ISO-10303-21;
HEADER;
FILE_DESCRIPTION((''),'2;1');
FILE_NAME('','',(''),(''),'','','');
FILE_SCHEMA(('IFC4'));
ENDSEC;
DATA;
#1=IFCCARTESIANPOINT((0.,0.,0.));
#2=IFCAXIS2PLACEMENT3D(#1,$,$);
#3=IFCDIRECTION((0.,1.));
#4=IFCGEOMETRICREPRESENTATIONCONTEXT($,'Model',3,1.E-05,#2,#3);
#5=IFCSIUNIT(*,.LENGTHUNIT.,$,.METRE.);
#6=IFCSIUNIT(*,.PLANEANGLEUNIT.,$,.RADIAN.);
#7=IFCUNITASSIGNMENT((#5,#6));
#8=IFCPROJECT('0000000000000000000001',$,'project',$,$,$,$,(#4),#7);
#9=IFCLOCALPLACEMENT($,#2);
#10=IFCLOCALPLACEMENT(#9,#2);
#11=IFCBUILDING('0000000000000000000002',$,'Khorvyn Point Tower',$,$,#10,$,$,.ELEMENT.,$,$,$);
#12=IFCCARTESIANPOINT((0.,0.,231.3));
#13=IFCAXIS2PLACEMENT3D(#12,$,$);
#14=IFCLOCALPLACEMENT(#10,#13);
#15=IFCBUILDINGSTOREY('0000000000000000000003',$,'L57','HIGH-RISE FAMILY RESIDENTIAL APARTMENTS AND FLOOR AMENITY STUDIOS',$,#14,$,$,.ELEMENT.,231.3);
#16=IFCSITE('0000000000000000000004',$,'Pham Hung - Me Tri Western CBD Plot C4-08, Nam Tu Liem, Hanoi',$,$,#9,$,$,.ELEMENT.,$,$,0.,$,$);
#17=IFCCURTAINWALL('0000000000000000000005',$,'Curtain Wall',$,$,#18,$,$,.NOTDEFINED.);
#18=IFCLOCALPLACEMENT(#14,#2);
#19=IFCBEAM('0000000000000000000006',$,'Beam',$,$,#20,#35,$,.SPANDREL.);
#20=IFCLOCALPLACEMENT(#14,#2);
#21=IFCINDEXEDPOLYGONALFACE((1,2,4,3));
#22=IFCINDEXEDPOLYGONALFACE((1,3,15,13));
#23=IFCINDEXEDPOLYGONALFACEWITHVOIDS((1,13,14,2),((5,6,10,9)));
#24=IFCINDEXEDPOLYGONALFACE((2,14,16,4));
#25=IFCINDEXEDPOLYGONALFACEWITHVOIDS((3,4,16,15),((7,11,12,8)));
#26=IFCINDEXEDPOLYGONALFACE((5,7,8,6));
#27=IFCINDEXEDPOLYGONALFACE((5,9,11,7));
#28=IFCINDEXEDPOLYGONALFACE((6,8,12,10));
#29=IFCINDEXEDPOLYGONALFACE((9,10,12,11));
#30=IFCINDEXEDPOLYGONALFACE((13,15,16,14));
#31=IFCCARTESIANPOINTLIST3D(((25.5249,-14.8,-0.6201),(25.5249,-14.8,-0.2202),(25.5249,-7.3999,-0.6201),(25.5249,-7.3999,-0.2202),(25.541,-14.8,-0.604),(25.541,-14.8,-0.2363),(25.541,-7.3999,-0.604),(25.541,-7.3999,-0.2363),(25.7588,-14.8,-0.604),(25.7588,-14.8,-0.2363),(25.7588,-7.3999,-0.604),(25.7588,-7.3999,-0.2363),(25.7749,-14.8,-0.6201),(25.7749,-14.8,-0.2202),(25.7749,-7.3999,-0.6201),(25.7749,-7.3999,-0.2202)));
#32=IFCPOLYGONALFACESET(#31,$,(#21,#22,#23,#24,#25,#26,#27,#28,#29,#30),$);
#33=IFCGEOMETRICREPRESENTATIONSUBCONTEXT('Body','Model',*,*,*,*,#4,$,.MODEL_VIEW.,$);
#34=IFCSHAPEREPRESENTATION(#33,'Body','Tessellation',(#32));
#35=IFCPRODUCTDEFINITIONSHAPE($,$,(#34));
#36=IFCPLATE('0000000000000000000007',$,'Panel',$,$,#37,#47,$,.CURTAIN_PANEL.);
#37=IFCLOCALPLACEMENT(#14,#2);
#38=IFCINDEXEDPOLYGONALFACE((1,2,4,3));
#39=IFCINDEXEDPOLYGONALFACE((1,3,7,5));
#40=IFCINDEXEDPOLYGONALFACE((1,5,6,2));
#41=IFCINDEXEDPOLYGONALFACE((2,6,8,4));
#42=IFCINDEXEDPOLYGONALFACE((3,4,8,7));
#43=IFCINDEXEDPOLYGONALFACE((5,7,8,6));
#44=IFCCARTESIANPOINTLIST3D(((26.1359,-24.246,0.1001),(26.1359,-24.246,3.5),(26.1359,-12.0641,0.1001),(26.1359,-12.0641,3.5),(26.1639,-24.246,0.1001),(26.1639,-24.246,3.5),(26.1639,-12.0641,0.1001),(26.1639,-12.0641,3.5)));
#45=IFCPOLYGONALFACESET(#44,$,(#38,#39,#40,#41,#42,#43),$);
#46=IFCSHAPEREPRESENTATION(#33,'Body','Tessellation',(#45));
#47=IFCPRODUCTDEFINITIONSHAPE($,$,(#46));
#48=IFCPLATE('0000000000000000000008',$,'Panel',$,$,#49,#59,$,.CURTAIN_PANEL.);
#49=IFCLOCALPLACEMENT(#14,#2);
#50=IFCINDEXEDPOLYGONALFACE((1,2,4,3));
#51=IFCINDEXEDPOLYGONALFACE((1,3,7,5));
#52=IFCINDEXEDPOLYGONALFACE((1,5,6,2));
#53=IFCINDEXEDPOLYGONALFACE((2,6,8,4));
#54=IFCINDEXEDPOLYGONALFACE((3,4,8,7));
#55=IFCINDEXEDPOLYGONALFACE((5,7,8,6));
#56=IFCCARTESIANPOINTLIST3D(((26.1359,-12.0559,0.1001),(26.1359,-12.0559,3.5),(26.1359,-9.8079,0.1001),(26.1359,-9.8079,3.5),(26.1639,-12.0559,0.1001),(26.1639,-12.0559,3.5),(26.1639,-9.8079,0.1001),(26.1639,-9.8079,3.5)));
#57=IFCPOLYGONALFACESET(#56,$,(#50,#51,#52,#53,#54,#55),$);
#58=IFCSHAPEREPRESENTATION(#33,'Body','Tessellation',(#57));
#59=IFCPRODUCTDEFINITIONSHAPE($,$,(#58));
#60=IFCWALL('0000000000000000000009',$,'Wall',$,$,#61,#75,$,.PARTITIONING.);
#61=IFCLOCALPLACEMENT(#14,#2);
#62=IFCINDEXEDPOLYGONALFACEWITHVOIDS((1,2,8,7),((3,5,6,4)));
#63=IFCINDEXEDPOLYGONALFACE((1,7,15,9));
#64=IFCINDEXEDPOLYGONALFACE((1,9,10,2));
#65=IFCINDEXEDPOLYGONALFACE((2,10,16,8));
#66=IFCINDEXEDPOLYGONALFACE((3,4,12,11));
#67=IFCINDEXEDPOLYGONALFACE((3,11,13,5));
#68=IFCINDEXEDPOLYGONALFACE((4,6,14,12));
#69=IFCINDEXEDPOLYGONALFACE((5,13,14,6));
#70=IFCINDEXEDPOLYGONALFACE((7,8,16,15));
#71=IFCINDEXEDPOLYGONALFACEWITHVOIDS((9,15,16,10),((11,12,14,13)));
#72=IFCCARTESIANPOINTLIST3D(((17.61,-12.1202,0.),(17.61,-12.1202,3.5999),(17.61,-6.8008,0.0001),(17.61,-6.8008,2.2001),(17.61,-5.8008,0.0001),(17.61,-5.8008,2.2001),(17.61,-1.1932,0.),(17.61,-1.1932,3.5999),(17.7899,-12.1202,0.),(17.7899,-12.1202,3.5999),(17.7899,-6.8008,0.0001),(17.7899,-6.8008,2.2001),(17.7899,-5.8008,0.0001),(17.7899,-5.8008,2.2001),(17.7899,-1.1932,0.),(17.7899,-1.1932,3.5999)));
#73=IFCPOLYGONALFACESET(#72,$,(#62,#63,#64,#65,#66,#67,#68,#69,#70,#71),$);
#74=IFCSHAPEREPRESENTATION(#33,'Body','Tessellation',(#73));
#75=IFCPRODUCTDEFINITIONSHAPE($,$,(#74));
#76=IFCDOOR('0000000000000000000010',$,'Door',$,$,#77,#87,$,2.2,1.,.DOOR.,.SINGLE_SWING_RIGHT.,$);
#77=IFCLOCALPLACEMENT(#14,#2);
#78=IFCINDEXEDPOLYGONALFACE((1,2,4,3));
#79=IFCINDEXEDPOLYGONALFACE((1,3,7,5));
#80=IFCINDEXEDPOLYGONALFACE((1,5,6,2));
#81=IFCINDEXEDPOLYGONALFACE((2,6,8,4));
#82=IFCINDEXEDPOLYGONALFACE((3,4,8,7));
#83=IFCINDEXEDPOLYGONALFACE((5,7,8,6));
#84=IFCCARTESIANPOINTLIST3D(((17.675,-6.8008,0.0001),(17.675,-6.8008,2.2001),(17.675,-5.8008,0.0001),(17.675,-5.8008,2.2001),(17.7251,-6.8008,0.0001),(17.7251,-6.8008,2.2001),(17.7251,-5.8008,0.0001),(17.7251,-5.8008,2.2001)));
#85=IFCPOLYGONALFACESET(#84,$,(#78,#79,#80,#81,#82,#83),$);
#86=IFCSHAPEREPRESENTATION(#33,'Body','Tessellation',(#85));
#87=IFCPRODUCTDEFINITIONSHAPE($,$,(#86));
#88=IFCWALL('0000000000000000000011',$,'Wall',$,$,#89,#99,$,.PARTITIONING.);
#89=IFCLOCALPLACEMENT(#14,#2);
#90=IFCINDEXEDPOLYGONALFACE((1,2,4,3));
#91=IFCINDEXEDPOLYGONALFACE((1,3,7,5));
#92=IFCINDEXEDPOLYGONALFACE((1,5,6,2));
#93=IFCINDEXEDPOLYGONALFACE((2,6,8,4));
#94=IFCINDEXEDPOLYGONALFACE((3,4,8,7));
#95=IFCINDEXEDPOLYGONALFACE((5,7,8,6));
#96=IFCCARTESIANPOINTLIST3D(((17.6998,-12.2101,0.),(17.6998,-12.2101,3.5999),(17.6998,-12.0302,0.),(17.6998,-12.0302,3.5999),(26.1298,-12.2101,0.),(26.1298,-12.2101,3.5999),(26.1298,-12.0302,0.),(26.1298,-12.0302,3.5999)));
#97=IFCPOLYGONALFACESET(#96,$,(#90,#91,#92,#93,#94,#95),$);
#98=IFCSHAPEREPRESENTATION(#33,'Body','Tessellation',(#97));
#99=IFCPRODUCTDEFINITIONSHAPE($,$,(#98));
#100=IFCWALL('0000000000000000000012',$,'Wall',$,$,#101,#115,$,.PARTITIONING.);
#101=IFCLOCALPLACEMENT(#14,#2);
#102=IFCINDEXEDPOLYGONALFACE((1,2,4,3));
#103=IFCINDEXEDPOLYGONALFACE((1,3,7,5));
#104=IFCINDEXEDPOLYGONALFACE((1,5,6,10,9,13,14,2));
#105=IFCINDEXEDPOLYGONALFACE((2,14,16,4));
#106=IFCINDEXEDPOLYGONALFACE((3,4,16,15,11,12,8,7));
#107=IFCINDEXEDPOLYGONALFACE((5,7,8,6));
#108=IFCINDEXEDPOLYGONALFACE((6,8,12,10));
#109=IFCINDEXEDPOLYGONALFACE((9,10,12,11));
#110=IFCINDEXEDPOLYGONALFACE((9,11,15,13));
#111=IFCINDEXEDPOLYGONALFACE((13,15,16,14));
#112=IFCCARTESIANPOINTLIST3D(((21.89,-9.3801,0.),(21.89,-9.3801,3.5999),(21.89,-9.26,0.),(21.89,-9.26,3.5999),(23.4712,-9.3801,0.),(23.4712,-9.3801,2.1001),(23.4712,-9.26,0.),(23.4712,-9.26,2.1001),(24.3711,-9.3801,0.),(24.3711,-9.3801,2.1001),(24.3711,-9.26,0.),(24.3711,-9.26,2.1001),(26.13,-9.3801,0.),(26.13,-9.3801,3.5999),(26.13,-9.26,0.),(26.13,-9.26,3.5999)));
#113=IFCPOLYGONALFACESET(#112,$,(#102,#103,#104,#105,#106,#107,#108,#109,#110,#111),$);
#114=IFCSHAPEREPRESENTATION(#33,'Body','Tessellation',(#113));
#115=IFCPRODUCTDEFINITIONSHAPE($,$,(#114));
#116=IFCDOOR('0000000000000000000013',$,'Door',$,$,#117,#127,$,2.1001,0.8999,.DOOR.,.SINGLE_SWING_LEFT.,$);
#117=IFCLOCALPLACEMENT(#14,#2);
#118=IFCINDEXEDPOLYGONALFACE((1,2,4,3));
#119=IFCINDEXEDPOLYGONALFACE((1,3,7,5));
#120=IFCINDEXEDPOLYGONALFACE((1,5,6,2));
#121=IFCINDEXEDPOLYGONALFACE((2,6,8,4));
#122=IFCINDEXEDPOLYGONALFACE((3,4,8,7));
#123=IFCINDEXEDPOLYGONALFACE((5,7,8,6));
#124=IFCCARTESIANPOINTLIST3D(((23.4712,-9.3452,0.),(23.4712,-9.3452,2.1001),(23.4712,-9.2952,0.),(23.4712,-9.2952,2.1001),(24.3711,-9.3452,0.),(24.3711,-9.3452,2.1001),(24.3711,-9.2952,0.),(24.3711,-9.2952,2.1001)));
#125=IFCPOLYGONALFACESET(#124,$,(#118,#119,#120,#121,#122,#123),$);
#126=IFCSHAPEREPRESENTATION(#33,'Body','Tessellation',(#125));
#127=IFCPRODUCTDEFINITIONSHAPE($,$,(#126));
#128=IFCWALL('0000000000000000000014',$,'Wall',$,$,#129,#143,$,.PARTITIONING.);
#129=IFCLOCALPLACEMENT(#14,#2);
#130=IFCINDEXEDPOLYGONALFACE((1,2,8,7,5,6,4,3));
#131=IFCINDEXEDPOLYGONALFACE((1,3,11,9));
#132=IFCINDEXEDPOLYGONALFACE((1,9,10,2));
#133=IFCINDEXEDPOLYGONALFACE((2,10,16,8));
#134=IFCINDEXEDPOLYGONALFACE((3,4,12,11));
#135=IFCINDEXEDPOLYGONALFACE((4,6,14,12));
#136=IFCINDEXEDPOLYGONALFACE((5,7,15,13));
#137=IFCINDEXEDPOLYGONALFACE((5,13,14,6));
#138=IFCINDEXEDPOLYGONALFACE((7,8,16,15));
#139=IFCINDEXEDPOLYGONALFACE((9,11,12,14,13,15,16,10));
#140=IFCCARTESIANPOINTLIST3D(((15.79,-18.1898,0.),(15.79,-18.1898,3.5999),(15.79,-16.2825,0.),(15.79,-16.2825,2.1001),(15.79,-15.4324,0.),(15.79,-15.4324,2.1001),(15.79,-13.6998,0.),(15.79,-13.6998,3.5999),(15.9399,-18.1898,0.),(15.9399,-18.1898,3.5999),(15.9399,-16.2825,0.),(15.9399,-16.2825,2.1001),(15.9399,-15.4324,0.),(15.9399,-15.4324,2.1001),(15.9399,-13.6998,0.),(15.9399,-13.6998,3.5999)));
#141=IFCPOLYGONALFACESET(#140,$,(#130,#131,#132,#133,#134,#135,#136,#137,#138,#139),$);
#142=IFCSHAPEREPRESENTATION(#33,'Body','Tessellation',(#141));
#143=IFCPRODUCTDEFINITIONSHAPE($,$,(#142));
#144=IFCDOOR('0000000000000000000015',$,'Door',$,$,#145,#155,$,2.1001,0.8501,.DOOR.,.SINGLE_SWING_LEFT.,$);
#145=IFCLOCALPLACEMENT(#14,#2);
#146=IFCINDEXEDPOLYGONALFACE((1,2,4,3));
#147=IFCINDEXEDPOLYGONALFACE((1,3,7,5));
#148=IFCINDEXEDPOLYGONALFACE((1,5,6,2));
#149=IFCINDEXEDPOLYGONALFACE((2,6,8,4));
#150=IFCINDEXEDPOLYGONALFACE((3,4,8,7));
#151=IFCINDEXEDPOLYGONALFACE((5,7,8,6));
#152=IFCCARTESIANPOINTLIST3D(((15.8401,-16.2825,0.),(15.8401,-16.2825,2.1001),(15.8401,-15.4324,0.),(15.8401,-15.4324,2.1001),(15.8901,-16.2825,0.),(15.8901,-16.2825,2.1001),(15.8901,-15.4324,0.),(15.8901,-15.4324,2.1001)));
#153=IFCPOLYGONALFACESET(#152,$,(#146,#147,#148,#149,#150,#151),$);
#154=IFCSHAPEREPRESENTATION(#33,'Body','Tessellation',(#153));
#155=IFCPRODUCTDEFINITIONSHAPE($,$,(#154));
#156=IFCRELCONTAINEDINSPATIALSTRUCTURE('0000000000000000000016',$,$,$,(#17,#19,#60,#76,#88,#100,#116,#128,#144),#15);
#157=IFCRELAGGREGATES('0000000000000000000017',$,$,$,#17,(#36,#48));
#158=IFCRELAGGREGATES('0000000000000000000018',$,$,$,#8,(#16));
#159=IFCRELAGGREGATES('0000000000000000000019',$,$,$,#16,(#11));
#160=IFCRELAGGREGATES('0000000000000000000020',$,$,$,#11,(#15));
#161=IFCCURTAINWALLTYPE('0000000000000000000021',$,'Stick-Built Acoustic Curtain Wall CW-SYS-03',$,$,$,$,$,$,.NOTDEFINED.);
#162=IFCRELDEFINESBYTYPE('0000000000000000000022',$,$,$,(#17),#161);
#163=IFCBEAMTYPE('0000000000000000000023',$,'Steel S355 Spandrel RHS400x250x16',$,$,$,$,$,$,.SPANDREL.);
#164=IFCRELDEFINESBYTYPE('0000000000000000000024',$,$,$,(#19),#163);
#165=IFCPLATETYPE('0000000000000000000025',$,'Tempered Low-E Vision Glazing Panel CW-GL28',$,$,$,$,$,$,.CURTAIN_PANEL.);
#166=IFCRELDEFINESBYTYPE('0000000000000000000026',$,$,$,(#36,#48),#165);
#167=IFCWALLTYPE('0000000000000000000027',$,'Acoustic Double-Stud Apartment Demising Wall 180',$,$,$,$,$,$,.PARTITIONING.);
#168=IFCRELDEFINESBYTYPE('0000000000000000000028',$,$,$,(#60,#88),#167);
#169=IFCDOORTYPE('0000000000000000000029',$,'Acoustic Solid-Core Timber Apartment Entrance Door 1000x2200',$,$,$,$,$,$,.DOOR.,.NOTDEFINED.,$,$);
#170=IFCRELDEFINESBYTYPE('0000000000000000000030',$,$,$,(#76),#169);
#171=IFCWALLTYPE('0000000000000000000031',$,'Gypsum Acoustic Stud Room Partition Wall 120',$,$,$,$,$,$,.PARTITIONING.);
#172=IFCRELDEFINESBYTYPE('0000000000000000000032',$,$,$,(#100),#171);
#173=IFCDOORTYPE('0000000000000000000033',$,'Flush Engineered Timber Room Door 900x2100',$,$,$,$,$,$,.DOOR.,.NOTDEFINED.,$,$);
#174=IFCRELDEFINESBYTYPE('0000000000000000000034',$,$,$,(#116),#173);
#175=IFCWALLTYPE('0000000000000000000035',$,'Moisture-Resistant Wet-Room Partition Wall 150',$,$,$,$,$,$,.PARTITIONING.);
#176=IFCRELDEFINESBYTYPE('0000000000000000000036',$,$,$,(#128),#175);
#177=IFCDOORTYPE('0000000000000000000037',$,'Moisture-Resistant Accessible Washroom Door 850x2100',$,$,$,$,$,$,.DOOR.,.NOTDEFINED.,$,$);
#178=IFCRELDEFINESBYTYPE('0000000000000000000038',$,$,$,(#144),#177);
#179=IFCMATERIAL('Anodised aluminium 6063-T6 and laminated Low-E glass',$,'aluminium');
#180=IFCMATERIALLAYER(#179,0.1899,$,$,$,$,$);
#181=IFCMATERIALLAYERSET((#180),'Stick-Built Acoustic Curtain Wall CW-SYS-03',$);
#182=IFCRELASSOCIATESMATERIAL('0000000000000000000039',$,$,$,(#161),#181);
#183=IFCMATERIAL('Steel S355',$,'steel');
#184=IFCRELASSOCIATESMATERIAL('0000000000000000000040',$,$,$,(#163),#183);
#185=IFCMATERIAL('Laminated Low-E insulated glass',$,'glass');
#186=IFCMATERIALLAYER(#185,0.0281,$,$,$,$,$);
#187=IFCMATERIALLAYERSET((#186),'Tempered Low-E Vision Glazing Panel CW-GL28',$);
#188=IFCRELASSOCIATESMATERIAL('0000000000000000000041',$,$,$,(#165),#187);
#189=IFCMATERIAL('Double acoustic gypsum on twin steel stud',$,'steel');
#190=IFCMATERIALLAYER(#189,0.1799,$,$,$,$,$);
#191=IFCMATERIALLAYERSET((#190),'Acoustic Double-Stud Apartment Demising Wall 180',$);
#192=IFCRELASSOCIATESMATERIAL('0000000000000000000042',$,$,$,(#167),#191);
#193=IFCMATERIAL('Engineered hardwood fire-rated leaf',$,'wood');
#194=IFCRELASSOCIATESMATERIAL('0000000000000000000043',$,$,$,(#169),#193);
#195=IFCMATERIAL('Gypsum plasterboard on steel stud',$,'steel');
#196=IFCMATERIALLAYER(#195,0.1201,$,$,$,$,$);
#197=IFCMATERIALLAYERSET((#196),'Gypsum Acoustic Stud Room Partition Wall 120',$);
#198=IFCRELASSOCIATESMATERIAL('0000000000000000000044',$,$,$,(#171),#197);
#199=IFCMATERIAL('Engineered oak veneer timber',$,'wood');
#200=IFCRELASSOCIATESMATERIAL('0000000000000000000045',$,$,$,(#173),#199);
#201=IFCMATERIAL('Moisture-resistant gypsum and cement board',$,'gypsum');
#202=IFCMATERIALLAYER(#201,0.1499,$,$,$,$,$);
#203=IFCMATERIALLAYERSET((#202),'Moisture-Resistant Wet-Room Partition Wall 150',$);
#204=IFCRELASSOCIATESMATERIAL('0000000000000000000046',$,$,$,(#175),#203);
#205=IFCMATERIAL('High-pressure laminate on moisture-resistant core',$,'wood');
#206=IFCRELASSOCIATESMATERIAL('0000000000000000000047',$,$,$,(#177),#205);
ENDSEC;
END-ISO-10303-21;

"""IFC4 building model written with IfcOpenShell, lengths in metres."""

from ifc_helpers import new_model, si_unit, direction, frame, frame_2d, origin, origin_2d, place, context, subcontext, project, spatial, rectangle, hollow_rectangle, extrude, material, layer, layer_set, material_profile, profile_set, type_object, element, fill, aggregate, save


model = new_model("IFC4")

# Units and contexts
model_context = context("Model", 3, precision=1e-05, world=origin(), true_north=direction((0.0, 1.0)))
body_context = subcontext(model_context, "Body", "Model", "MODEL_VIEW")
ifc_project = project(units=[si_unit("LENGTHUNIT", "METRE"), si_unit("PLANEANGLEUNIT", "RADIAN")], contexts=[model_context])

# Site, building, storey
site_placement = place(None, origin())
site = spatial("IfcSite", under=ifc_project, at=site_placement, Name="Pham Hung - Me Tri Western CBD Plot C4-08, Nam Tu Liem, Hanoi", CompositionType="ELEMENT", RefElevation=0.0)
building_placement = place(site_placement, origin())
building = spatial("IfcBuilding", under=site, at=building_placement, Name="Khorvyn Point Tower", CompositionType="ELEMENT")
storey_placement = place(building_placement, frame((0.0, 0.0, 231.3)))
storey = spatial("IfcBuildingStorey", under=building, at=storey_placement, Name="L57", Description="HIGH-RISE FAMILY RESIDENTIAL APARTMENTS AND FLOOR AMENITY STUDIOS", CompositionType="ELEMENT", Elevation=231.3)

# Curtain wall
ifc_material_1 = material(Name="Anodised aluminium 6063-T6 and laminated Low-E glass", Category="aluminium")
ifc_layer_1 = layer(ifc_material_1, 0.1899)
ifc_layer_set_1 = layer_set([ifc_layer_1], Name="Stick-Built Acoustic Curtain Wall CW-SYS-03")
curtain_wall_type = type_object("IfcCurtainWallType", Name="Stick-Built Acoustic Curtain Wall CW-SYS-03", PredefinedType="NOTDEFINED", material=ifc_layer_set_1)
curtain_wall_placement = place(storey_placement, origin())
curtain_wall = element("IfcCurtainWall", 1, at=curtain_wall_placement, inside=storey, type_object=curtain_wall_type, Name="Curtain Wall", PredefinedType="NOTDEFINED")

# Beam
ifc_material_2 = material(Name="Steel S355", Category="steel")
ifc_material_profile_1 = material_profile(ifc_material_2, hollow_rectangle(XDim=0.25, YDim=0.3999, WallThickness=0.0161, at=origin_2d()))
ifc_profile_set_1 = profile_set([ifc_material_profile_1], Name="Steel S355 RHS400x250x16")
beam_type_1 = type_object("IfcBeamType", Name="Steel S355 Spandrel RHS400x250x16", PredefinedType="SPANDREL", material=ifc_profile_set_1)
beam_1_placement = place(storey_placement, frame((25.6499, -14.8, -0.4202), z_axis=(0.0, 1.0, 0.0), x_axis=(-1.0, 0.0, 0.0)))
element("IfcBeam", 2, at=beam_1_placement, inside=storey, type_object=beam_type_1, Name="Beam", PredefinedType="SPANDREL", context=body_context, shape_type="SweptSolid", body=[
    extrude(hollow_rectangle(XDim=0.25, YDim=0.3999, WallThickness=0.0161, at=origin_2d()), origin(), (0.0, 0.0, 1.0), 7.4001),
])

# Plates
ifc_material_3 = material(Name="Laminated Low-E insulated glass", Category="glass")
ifc_layer_2 = layer(ifc_material_3, 0.0281)
ifc_layer_set_2 = layer_set([ifc_layer_2], Name="Tempered Low-E Vision Glazing Panel CW-GL28")
plate_type = type_object("IfcPlateType", Name="Tempered Low-E Vision Glazing Panel CW-GL28", PredefinedType="CURTAIN_PANEL", material=ifc_layer_set_2)
plate_1_placement = place(storey_placement, frame((26.1499, -18.155, 0.1001), z_axis=(0.0, 0.0, 1.0), x_axis=(0.0, -1.0, 0.0)))
plate_1 = element("IfcPlate", 3, at=plate_1_placement, type_object=plate_type, Name="Panel", PredefinedType="CURTAIN_PANEL", context=body_context, shape_type="SweptSolid", body=[
    extrude(rectangle(XDim=12.1819, YDim=0.0281, at=origin_2d()), origin(), (0.0, 0.0, 1.0), 3.3999),
])
plate_2_placement = place(storey_placement, frame((26.1499, -10.9319, 0.1001), z_axis=(0.0, 0.0, 1.0), x_axis=(0.0, -1.0, 0.0)))
plate_2 = element("IfcPlate", 4, at=plate_2_placement, type_object=plate_type, Name="Panel", PredefinedType="CURTAIN_PANEL", context=body_context, shape_type="SweptSolid", body=[
    extrude(rectangle(XDim=2.248, YDim=0.0281, at=origin_2d()), origin(), (0.0, 0.0, 1.0), 3.3999),
])
aggregate(curtain_wall, [plate_1, plate_2])

# Wall, opening, door
ifc_material_4 = material(Name="Double acoustic gypsum on twin steel stud", Category="steel")
ifc_layer_3 = layer(ifc_material_4, 0.1799)
ifc_layer_set_3 = layer_set([ifc_layer_3], Name="Acoustic Double-Stud Apartment Demising Wall 180")
wall_type_1 = type_object("IfcWallType", Name="Acoustic Double-Stud Apartment Demising Wall 180", PredefinedType="PARTITIONING", material=ifc_layer_set_3)
wall_1_placement = place(storey_placement, frame((17.7, -12.1201, 0.0), z_axis=(0.0, 0.0, 1.0), x_axis=(0.0, 1.0, 0.0)))
wall_1 = element("IfcWall", 5, at=wall_1_placement, inside=storey, type_object=wall_type_1, Name="Wall", PredefinedType="PARTITIONING", context=body_context, shape_type="SweptSolid", body=[
    extrude(rectangle(XDim=10.927, YDim=0.1799, at=frame_2d((5.4634, 0.0))), origin(), (0.0, 0.0, 1.0), 3.5999),
])
opening_1_placement = place(wall_1_placement, frame((5.3193, 0.0, 0.0)))
opening_1 = element("IfcOpeningElement", 6, at=opening_1_placement, cuts=wall_1, PredefinedType="OPENING", context=body_context, shape_type="SweptSolid", body=[
    extrude(rectangle(XDim=1.0, YDim=2.2, at=frame_2d((0.5, 1.1001))), frame((0.0, 0.0999, 0.0), z_axis=(0.0, -1.0, 0.0), x_axis=(1.0, 0.0, 0.0)), (0.0, 0.0, 1.0), 0.2),
])
ifc_material_5 = material(Name="Engineered hardwood fire-rated leaf", Category="wood")
door_type_1 = type_object("IfcDoorType", Name="Acoustic Solid-Core Timber Apartment Entrance Door 1000x2200", OperationType="NOTDEFINED", PredefinedType="DOOR", material=ifc_material_5)
door_1_placement = place(opening_1_placement, origin())
door_1 = element("IfcDoor", 7, at=door_1_placement, inside=storey, type_object=door_type_1, Name="Door", OperationType="SINGLE_SWING_RIGHT", OverallHeight=2.2, OverallWidth=1.0, PredefinedType="DOOR", context=body_context, shape_type="SweptSolid", body=[
    extrude(rectangle(XDim=1.0, YDim=2.2, at=frame_2d((0.5, 1.1001))), frame((0.0, 0.0249, 0.0), z_axis=(0.0, -1.0, 0.0), x_axis=(1.0, 0.0, 0.0)), (0.0, 0.0, 1.0), 0.05),
])
fill(opening_1, door_1)

# Wall
wall_2_placement = place(storey_placement, frame((17.7, -12.1201, 0.0), z_axis=(0.0, 0.0, 1.0), x_axis=(1.0, 0.0, 0.0)))
element("IfcWall", 8, at=wall_2_placement, inside=storey, type_object=wall_type_1, Name="Wall", PredefinedType="PARTITIONING", context=body_context, shape_type="SweptSolid", body=[
    extrude(rectangle(XDim=8.4299, YDim=0.1799, at=frame_2d((4.2148, 0.0))), origin(), (0.0, 0.0, 1.0), 3.5999),
])

# Walls, openings, doors
ifc_material_6 = material(Name="Gypsum plasterboard on steel stud", Category="steel")
ifc_layer_4 = layer(ifc_material_6, 0.1201)
ifc_layer_set_4 = layer_set([ifc_layer_4], Name="Gypsum Acoustic Stud Room Partition Wall 120")
wall_type_2 = type_object("IfcWallType", Name="Gypsum Acoustic Stud Room Partition Wall 120", PredefinedType="PARTITIONING", material=ifc_layer_set_4)
wall_3_placement = place(storey_placement, frame((21.8899, -9.3201, 0.0), z_axis=(0.0, 0.0, 1.0), x_axis=(1.0, 0.0, 0.0)))
wall_3 = element("IfcWall", 9, at=wall_3_placement, inside=storey, type_object=wall_type_2, Name="Wall", PredefinedType="PARTITIONING", context=body_context, shape_type="SweptSolid", body=[
    extrude(rectangle(XDim=4.24, YDim=0.1201, at=frame_2d((2.1201, 0.0))), origin(), (0.0, 0.0, 1.0), 3.5999),
])
opening_2_placement = place(wall_3_placement, frame((1.5813, 0.0, 0.0)))
opening_2 = element("IfcOpeningElement", 10, at=opening_2_placement, cuts=wall_3, PredefinedType="OPENING", context=body_context, shape_type="SweptSolid", body=[
    extrude(rectangle(XDim=0.8999, YDim=2.1001, at=frame_2d((0.45, 1.05))), frame((0.0, 0.0701, 0.0), z_axis=(0.0, -1.0, 0.0), x_axis=(1.0, 0.0, 0.0)), (0.0, 0.0, 1.0), 0.1401),
])
ifc_material_7 = material(Name="Engineered oak veneer timber", Category="wood")
door_type_2 = type_object("IfcDoorType", Name="Flush Engineered Timber Room Door 900x2100", OperationType="NOTDEFINED", PredefinedType="DOOR", material=ifc_material_7)
door_2_placement = place(opening_2_placement, origin())
door_2 = element("IfcDoor", 11, at=door_2_placement, inside=storey, type_object=door_type_2, Name="Door", OperationType="SINGLE_SWING_LEFT", OverallHeight=2.1001, OverallWidth=0.8999, PredefinedType="DOOR", context=body_context, shape_type="SweptSolid", body=[
    extrude(rectangle(XDim=0.8999, YDim=2.1001, at=frame_2d((0.45, 1.05))), frame((0.0, 0.0249, 0.0), z_axis=(0.0, -1.0, 0.0), x_axis=(1.0, 0.0, 0.0)), (0.0, 0.0, 1.0), 0.05),
])
fill(opening_2, door_2)
ifc_material_8 = material(Name="Moisture-resistant gypsum and cement board", Category="gypsum")
ifc_layer_5 = layer(ifc_material_8, 0.1499)
ifc_layer_set_5 = layer_set([ifc_layer_5], Name="Moisture-Resistant Wet-Room Partition Wall 150")
wall_type_3 = type_object("IfcWallType", Name="Moisture-Resistant Wet-Room Partition Wall 150", PredefinedType="PARTITIONING", material=ifc_layer_set_5)
wall_4_placement = place(storey_placement, frame((15.865, -18.1899, 0.0), z_axis=(0.0, 0.0, 1.0), x_axis=(0.0, 1.0, 0.0)))
wall_4 = element("IfcWall", 12, at=wall_4_placement, inside=storey, type_object=wall_type_3, Name="Wall", PredefinedType="PARTITIONING", context=body_context, shape_type="SweptSolid", body=[
    extrude(rectangle(XDim=4.49, YDim=0.1499, at=frame_2d((2.2451, 0.0))), origin(), (0.0, 0.0, 1.0), 3.5999),
])
opening_3_placement = place(wall_4_placement, frame((1.9075, 0.0, 0.0)))
opening_3 = element("IfcOpeningElement", 13, at=opening_3_placement, cuts=wall_4, PredefinedType="OPENING", context=body_context, shape_type="SweptSolid", body=[
    extrude(rectangle(XDim=0.8501, YDim=2.1001, at=frame_2d((0.425, 1.05))), frame((0.0, 0.085, 0.0), z_axis=(0.0, -1.0, 0.0), x_axis=(1.0, 0.0, 0.0)), (0.0, 0.0, 1.0), 0.1699),
])
ifc_material_9 = material(Name="High-pressure laminate on moisture-resistant core", Category="wood")
door_type_3 = type_object("IfcDoorType", Name="Moisture-Resistant Accessible Washroom Door 850x2100", OperationType="NOTDEFINED", PredefinedType="DOOR", material=ifc_material_9)
door_3_placement = place(opening_3_placement, origin())
door_3 = element("IfcDoor", 14, at=door_3_placement, inside=storey, type_object=door_type_3, Name="Door", OperationType="SINGLE_SWING_LEFT", OverallHeight=2.1001, OverallWidth=0.8501, PredefinedType="DOOR", context=body_context, shape_type="SweptSolid", body=[
    extrude(rectangle(XDim=0.8501, YDim=2.1001, at=frame_2d((0.425, 1.05))), frame((0.0, 0.0249, 0.0), z_axis=(0.0, -1.0, 0.0), x_axis=(1.0, 0.0, 0.0)), (0.0, 0.0, 1.0), 0.05),
])
fill(opening_3, door_3)

save(model, "model.ifc")
